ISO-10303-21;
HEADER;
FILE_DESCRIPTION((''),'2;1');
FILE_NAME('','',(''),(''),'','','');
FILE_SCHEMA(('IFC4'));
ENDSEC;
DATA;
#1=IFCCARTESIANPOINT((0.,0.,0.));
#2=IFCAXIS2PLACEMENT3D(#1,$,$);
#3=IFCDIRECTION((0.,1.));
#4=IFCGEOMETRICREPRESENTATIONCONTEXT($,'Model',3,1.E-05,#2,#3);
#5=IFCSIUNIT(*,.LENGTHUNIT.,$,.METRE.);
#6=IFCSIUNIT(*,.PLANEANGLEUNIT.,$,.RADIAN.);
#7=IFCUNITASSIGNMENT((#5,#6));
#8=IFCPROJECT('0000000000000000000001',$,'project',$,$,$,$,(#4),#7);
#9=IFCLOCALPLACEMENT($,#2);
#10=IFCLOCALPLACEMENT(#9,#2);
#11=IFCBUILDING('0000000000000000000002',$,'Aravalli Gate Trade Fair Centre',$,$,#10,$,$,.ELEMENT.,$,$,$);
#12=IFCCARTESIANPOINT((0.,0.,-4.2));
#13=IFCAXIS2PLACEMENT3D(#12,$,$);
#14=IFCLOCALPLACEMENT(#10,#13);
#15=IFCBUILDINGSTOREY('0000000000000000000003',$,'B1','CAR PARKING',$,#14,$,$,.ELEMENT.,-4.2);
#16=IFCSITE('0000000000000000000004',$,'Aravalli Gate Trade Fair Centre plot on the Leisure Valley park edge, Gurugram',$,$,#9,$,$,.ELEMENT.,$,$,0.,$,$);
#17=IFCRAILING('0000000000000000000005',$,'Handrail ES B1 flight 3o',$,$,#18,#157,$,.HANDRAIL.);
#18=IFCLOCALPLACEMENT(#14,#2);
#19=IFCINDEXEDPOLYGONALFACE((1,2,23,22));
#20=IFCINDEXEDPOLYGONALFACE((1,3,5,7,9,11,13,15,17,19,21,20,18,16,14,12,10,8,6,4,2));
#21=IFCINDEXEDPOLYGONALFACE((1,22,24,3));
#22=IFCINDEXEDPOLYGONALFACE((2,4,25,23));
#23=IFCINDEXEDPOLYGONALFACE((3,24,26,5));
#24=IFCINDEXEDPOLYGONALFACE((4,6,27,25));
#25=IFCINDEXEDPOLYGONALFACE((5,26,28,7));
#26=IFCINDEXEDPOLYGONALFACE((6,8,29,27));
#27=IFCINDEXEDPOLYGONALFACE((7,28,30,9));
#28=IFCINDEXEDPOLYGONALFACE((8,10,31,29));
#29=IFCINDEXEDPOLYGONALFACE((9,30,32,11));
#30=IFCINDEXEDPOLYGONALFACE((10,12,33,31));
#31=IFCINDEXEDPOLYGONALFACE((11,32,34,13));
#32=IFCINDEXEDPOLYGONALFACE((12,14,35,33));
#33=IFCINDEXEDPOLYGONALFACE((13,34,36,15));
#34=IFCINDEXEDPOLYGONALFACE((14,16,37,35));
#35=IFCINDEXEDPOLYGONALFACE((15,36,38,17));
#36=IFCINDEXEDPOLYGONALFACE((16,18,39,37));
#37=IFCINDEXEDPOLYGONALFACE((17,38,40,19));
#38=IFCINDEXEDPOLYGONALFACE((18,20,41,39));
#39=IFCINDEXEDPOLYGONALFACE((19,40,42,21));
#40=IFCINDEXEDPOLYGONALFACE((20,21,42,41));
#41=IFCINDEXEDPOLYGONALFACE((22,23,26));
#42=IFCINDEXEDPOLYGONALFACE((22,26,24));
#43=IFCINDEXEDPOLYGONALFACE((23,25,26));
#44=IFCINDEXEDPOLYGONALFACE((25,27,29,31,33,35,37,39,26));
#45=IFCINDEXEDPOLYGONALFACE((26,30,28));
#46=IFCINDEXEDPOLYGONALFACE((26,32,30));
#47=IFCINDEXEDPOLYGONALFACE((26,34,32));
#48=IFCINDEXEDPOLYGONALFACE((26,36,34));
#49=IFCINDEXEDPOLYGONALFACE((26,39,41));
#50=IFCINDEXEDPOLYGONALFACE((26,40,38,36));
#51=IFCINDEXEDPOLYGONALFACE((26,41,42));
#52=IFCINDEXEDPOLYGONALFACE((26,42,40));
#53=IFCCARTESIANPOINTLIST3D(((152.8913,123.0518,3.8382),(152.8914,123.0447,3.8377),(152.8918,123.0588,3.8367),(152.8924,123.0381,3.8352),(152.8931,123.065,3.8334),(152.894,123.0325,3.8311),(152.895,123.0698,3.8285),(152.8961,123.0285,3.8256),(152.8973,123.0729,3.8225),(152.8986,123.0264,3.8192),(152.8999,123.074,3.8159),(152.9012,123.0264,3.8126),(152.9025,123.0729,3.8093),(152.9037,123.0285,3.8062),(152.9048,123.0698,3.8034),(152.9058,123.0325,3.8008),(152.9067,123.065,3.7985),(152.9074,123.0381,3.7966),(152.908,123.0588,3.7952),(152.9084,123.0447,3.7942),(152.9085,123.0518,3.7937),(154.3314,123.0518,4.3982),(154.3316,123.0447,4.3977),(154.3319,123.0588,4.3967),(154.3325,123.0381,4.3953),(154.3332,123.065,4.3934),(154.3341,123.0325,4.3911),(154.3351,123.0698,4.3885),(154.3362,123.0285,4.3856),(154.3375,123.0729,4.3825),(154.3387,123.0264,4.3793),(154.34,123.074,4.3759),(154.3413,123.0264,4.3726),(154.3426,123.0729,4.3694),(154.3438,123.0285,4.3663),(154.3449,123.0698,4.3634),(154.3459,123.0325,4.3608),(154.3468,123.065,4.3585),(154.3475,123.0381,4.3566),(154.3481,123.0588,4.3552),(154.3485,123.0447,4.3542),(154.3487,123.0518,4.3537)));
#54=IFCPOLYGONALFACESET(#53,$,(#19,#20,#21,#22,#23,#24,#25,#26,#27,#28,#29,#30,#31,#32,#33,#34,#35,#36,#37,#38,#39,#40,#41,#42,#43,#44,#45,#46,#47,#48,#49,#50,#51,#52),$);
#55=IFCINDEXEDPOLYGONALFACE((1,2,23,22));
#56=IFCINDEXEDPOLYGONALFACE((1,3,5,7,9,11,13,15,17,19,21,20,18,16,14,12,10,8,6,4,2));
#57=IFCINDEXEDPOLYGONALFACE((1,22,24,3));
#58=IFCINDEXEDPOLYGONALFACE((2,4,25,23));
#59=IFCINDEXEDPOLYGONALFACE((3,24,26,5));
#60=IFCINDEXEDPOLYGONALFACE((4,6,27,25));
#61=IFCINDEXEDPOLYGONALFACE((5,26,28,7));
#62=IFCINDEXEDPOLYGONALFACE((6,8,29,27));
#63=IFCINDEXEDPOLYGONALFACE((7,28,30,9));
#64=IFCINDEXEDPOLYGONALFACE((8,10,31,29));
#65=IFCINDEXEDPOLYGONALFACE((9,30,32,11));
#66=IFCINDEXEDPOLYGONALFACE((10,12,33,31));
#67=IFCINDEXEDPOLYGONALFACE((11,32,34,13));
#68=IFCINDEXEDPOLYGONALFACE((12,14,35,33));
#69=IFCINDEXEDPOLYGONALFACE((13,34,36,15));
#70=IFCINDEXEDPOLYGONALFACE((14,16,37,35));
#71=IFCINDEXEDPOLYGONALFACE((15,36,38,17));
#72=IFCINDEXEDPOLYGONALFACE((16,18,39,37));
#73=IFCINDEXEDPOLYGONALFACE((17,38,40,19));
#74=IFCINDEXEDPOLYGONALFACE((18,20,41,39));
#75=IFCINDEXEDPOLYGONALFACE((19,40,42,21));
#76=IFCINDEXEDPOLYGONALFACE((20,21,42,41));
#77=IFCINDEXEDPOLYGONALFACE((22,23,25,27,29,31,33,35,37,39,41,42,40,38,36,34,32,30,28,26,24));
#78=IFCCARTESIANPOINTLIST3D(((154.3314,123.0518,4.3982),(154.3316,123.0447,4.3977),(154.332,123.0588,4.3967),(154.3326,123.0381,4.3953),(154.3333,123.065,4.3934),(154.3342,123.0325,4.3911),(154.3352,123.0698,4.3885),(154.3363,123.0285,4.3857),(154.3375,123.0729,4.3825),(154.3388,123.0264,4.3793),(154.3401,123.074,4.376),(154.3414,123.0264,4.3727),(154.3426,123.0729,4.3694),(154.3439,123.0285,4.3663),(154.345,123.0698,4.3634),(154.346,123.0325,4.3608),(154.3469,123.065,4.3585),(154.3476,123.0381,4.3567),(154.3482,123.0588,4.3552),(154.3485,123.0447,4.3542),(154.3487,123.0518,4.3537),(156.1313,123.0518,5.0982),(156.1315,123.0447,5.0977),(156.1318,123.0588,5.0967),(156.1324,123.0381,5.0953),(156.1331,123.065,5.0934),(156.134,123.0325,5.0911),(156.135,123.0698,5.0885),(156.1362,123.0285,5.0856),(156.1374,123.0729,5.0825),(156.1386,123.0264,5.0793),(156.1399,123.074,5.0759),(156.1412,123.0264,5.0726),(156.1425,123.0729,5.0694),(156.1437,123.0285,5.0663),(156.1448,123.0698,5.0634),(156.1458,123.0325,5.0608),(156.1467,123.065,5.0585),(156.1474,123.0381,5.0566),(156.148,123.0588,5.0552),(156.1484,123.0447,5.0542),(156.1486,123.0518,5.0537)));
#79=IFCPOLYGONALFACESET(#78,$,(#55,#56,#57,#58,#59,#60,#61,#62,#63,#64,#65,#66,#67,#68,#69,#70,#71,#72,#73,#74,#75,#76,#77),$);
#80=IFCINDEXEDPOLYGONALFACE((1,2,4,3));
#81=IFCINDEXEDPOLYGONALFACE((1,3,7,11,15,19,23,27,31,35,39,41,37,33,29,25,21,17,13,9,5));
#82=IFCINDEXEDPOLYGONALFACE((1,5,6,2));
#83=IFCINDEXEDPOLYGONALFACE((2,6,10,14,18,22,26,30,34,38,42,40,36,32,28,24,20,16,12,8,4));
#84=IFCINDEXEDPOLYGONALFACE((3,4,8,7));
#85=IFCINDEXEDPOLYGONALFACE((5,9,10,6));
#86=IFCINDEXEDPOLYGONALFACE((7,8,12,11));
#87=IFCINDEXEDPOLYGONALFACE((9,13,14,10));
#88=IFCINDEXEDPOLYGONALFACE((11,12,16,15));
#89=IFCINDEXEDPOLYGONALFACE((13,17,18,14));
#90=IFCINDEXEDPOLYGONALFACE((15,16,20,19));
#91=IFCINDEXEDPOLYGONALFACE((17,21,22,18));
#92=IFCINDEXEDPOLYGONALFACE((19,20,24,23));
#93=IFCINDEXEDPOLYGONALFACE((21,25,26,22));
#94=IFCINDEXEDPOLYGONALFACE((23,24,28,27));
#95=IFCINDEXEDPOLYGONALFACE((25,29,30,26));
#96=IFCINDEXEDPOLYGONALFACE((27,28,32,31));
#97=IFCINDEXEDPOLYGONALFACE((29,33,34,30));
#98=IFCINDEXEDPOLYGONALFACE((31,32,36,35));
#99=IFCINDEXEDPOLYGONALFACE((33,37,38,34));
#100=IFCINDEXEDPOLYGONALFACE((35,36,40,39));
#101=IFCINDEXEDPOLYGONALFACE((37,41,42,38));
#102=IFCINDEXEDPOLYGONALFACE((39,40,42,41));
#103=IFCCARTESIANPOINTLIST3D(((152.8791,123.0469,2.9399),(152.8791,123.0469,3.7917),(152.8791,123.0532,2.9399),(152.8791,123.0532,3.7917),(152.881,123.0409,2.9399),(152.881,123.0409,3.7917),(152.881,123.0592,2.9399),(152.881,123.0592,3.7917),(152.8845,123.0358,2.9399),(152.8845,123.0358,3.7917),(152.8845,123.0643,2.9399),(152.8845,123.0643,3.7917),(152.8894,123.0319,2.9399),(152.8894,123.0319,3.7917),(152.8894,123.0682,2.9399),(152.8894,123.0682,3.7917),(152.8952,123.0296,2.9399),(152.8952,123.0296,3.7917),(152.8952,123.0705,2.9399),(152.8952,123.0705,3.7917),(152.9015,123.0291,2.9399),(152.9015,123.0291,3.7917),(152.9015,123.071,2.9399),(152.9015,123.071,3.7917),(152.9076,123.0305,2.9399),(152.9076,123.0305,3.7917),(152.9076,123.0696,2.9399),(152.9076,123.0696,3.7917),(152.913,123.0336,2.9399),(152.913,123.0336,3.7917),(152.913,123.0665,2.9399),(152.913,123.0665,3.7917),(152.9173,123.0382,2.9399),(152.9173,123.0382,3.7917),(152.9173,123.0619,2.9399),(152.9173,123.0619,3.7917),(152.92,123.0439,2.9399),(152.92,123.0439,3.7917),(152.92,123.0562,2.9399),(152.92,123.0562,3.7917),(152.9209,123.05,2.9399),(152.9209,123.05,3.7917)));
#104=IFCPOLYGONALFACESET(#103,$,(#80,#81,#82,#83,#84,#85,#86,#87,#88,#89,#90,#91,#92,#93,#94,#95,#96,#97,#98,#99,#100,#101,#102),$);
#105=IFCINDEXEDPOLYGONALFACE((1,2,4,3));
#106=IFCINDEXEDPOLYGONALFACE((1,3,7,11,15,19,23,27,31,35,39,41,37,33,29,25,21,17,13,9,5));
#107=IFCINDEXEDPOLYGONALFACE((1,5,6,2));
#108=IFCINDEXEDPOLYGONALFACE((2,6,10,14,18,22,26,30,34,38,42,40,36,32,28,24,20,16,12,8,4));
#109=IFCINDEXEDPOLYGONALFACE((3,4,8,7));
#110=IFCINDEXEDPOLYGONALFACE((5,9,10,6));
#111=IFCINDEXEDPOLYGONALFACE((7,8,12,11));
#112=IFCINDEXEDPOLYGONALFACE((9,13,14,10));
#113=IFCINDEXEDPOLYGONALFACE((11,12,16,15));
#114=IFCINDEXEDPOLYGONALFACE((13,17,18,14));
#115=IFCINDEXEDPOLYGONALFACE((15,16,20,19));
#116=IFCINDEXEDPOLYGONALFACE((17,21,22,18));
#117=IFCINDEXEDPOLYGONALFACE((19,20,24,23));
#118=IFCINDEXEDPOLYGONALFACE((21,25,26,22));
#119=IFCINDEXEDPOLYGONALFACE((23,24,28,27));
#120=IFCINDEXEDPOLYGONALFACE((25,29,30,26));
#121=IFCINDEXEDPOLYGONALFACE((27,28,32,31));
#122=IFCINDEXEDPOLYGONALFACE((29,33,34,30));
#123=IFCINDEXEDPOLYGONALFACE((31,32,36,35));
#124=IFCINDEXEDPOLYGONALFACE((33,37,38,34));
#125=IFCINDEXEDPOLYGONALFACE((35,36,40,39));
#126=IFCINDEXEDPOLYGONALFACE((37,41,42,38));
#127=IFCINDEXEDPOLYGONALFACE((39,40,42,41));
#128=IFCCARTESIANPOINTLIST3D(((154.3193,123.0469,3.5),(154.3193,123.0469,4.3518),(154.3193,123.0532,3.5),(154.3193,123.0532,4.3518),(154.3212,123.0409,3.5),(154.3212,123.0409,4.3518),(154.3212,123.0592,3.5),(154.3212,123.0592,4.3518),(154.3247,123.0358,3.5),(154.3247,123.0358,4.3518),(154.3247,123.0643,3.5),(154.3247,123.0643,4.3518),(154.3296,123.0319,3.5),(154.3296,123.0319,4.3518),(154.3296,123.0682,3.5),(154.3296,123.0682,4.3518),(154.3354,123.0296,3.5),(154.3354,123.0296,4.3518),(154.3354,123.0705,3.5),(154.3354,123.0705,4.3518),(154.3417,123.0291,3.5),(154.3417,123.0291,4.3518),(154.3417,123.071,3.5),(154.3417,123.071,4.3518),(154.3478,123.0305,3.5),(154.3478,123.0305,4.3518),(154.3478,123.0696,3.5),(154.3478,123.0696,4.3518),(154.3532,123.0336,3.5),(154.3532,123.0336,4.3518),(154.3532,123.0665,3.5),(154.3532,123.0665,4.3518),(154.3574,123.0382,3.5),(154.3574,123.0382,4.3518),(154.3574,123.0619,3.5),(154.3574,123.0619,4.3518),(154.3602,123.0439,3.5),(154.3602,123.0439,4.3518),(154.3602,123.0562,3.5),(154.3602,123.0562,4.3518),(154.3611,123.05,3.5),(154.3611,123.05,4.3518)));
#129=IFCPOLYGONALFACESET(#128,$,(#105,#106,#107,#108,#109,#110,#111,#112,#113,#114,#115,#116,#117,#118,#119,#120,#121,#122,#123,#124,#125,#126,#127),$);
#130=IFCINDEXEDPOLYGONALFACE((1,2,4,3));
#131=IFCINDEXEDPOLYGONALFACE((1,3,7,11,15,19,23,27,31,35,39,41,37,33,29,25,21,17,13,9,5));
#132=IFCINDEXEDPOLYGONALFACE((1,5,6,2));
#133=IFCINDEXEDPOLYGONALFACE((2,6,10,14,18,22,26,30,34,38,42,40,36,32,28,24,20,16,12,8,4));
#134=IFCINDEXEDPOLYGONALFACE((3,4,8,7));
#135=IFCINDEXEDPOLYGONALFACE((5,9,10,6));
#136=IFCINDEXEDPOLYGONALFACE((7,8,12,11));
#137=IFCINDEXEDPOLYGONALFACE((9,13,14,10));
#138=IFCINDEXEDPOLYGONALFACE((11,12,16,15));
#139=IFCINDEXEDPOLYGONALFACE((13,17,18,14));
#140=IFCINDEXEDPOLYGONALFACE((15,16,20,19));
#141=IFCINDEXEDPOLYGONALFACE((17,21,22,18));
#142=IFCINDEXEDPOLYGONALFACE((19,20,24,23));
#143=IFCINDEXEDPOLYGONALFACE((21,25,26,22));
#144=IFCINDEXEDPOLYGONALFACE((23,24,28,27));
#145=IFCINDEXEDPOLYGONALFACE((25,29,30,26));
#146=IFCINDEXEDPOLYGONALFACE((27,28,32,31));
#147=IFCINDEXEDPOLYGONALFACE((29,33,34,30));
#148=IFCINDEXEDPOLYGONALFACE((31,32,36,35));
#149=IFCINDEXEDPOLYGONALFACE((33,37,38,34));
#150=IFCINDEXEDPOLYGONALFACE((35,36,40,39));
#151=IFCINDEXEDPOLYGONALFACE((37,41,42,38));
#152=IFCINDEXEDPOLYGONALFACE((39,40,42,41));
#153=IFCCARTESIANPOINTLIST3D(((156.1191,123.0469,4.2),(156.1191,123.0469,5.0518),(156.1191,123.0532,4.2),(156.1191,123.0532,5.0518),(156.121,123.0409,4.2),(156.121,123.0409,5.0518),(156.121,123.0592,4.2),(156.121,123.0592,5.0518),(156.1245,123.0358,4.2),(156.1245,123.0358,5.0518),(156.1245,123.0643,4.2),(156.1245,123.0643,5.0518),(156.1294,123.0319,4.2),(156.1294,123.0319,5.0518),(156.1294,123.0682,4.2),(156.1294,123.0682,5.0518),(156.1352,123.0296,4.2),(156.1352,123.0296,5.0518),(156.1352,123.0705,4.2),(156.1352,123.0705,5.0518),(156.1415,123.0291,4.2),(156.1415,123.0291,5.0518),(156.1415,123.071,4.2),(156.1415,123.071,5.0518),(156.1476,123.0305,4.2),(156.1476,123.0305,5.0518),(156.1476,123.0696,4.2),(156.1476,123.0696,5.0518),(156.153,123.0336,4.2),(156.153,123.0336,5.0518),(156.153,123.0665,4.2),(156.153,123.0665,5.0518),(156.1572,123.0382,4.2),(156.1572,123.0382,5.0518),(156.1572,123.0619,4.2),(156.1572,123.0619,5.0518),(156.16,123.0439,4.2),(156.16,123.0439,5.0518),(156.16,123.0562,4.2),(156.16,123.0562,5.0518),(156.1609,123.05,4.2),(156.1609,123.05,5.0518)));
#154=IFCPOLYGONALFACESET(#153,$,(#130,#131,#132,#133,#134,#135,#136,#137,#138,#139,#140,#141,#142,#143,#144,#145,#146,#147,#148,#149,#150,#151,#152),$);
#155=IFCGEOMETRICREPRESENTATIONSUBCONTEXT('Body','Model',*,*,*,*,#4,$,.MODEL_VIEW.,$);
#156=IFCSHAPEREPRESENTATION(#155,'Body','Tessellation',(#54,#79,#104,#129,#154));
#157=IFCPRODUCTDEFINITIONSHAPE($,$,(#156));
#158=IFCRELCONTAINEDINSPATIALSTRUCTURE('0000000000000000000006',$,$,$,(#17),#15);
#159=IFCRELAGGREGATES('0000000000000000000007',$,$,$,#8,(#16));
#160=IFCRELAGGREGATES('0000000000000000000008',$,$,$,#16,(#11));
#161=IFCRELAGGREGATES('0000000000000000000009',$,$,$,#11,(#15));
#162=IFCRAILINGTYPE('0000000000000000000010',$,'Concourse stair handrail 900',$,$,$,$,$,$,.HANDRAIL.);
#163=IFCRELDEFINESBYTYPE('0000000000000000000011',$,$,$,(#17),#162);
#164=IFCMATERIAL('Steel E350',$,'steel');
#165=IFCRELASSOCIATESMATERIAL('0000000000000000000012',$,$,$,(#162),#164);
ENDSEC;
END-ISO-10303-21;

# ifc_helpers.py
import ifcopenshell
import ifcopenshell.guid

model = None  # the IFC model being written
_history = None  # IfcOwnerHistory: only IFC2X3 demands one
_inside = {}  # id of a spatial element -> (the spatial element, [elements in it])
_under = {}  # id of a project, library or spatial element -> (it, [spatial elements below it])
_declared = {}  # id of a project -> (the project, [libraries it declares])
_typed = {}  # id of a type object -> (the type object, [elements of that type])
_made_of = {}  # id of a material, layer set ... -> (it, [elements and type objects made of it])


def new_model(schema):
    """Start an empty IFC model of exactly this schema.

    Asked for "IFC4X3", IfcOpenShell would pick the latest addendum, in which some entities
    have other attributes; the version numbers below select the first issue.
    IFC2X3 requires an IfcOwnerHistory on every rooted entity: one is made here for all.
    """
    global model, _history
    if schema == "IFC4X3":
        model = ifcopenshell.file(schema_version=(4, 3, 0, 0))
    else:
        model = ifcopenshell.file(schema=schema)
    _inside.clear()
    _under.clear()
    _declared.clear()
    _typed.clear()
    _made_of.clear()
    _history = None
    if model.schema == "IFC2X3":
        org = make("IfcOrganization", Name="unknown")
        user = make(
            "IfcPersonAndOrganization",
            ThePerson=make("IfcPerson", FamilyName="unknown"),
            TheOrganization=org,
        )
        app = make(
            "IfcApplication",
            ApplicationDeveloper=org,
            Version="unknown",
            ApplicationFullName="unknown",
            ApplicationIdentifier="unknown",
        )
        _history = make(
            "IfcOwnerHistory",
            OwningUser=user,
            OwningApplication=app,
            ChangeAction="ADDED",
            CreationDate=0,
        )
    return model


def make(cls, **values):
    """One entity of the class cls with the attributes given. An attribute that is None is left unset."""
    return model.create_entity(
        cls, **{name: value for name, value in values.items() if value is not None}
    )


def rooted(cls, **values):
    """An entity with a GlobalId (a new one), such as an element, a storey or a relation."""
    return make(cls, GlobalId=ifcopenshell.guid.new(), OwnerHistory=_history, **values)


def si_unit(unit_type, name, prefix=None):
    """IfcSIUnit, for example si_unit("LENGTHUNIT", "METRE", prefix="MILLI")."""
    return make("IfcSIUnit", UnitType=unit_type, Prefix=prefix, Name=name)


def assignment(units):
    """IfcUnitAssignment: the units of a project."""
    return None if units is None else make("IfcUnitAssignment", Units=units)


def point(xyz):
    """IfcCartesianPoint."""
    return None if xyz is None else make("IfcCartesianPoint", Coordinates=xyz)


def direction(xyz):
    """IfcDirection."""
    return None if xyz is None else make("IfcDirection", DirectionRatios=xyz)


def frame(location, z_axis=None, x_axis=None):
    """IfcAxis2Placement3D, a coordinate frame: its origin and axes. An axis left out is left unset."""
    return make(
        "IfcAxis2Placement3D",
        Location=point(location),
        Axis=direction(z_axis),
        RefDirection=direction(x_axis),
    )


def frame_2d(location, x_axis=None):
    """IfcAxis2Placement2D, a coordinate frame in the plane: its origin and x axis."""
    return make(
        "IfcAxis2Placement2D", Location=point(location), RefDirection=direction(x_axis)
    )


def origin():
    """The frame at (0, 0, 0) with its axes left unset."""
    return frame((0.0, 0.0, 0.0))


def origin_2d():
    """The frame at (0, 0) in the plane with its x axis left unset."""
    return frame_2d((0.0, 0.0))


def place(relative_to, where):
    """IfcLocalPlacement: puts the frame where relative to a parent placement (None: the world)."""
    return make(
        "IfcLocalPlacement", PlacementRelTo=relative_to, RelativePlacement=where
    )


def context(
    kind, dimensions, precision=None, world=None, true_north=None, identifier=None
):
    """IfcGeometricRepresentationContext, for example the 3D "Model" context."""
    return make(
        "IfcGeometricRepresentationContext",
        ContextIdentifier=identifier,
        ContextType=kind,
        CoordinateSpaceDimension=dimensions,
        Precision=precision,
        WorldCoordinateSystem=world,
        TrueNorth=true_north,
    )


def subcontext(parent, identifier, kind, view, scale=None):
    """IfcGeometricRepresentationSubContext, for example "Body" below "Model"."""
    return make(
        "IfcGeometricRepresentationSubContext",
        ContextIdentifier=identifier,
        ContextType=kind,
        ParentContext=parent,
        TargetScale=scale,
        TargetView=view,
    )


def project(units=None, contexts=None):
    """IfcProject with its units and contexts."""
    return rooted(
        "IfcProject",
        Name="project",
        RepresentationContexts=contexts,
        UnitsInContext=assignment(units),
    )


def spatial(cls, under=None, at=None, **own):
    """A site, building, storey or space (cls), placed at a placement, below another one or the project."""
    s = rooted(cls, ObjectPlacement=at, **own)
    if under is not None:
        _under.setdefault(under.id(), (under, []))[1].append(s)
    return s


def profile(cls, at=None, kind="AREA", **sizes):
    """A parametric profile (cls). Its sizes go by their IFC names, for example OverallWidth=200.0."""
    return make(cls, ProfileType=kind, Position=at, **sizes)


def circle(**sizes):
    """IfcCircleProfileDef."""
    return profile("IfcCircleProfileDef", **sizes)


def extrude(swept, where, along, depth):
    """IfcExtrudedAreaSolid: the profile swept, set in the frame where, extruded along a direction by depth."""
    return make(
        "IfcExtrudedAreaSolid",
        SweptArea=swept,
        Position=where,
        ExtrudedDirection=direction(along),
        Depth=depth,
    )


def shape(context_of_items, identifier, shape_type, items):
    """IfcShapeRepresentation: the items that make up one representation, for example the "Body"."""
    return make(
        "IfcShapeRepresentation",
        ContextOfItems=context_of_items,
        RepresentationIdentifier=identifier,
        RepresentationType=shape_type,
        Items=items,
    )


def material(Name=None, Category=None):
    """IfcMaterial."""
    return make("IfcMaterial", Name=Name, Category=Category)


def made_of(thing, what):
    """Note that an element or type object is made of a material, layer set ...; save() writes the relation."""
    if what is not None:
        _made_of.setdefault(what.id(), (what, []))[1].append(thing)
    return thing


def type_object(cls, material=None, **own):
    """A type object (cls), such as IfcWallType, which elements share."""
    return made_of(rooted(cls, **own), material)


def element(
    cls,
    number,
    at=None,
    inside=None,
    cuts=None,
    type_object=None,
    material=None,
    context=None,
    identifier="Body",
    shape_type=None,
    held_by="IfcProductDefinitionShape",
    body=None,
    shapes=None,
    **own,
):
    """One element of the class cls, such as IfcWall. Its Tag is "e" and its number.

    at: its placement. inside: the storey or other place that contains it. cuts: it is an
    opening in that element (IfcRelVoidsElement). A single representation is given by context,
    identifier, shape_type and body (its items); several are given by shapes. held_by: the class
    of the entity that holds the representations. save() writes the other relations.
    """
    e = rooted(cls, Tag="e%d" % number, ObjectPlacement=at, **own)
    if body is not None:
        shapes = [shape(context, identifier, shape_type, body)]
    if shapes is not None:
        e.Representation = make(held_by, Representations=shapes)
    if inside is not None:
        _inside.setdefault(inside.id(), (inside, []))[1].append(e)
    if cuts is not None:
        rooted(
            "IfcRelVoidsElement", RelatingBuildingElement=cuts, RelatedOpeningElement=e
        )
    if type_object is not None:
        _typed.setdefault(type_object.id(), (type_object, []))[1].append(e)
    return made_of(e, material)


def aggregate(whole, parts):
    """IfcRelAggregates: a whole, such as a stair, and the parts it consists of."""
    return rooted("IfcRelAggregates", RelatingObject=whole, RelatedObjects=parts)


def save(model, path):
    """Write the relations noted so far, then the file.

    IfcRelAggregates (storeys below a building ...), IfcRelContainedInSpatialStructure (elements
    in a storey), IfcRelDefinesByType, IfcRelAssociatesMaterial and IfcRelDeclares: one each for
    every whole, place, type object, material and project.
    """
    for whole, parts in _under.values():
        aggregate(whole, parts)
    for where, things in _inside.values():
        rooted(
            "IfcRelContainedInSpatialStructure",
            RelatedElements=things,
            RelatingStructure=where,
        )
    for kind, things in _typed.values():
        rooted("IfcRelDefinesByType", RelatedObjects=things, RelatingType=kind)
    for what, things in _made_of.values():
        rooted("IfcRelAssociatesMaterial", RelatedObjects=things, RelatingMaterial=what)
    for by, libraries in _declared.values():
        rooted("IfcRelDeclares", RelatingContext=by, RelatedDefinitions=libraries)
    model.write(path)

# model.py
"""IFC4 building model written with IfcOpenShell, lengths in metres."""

from ifc_helpers import new_model, si_unit, direction, frame, origin, origin_2d, place, context, subcontext, project, spatial, circle, extrude, material, type_object, element, save


model = new_model("IFC4")

# Units and contexts
model_context = context("Model", 3, precision=1e-05, world=origin(), true_north=direction((0.0, 1.0)))
body_context = subcontext(model_context, "Body", "Model", "MODEL_VIEW")
ifc_project = project(units=[si_unit("LENGTHUNIT", "METRE"), si_unit("PLANEANGLEUNIT", "RADIAN")], contexts=[model_context])

# Site, building, storey
site_placement = place(None, origin())
site = spatial("IfcSite", under=ifc_project, at=site_placement, Name="Aravalli Gate Trade Fair Centre plot on the Leisure Valley park edge, Gurugram", CompositionType="ELEMENT", RefElevation=0.0)
building_placement = place(site_placement, origin())
building = spatial("IfcBuilding", under=site, at=building_placement, Name="Aravalli Gate Trade Fair Centre", CompositionType="ELEMENT")
storey_placement = place(building_placement, frame((0.0, 0.0, -4.2)))
storey = spatial("IfcBuildingStorey", under=building, at=storey_placement, Name="B1", Description="CAR PARKING", CompositionType="ELEMENT", Elevation=-4.2)

# Shared definitions
ifc_material_1 = material(Name="Steel E350", Category="steel")

# Railing
railing_type = type_object("IfcRailingType", Name="Concourse stair handrail 900", PredefinedType="HANDRAIL", material=ifc_material_1)
for number, where, name in (
    (1, (152.8999, 123.05, 2.9399), "Handrail ES B1 flight 3o"),
):
    element("IfcRailing", number, at=place(storey_placement, frame(where)), inside=storey, type_object=railing_type, Name=name, PredefinedType="HANDRAIL", context=body_context, shape_type="SweptSolid", body=[
        extrude(circle(Radius=0.0239, at=origin_2d()), frame((0.0, 0.0, 0.876), z_axis=(0.932008, 0.0, 0.362439), x_axis=(0.0, 1.0, 0.0)), (0.0, 0.0, 1.0), 1.5452),
        extrude(circle(Radius=0.0239, at=origin_2d()), frame((1.4402, 0.0, 1.436), z_axis=(0.932, 0.0, 0.362458), x_axis=(0.0, 1.0, 0.0)), (0.0, 0.0, 1.0), 1.9312),
        extrude(circle(Radius=0.021, at=origin_2d()), origin(), (0.0, 0.0, 1.0), 0.8518),
        extrude(circle(Radius=0.021, at=origin_2d()), frame((1.4402, 0.0, 0.5601)), (0.0, 0.0, 1.0), 0.8518),
        extrude(circle(Radius=0.021, at=origin_2d()), frame((3.24, 0.0, 1.26)), (0.0, 0.0, 1.0), 0.8518),
    ])

save(model, "model.ifc")
